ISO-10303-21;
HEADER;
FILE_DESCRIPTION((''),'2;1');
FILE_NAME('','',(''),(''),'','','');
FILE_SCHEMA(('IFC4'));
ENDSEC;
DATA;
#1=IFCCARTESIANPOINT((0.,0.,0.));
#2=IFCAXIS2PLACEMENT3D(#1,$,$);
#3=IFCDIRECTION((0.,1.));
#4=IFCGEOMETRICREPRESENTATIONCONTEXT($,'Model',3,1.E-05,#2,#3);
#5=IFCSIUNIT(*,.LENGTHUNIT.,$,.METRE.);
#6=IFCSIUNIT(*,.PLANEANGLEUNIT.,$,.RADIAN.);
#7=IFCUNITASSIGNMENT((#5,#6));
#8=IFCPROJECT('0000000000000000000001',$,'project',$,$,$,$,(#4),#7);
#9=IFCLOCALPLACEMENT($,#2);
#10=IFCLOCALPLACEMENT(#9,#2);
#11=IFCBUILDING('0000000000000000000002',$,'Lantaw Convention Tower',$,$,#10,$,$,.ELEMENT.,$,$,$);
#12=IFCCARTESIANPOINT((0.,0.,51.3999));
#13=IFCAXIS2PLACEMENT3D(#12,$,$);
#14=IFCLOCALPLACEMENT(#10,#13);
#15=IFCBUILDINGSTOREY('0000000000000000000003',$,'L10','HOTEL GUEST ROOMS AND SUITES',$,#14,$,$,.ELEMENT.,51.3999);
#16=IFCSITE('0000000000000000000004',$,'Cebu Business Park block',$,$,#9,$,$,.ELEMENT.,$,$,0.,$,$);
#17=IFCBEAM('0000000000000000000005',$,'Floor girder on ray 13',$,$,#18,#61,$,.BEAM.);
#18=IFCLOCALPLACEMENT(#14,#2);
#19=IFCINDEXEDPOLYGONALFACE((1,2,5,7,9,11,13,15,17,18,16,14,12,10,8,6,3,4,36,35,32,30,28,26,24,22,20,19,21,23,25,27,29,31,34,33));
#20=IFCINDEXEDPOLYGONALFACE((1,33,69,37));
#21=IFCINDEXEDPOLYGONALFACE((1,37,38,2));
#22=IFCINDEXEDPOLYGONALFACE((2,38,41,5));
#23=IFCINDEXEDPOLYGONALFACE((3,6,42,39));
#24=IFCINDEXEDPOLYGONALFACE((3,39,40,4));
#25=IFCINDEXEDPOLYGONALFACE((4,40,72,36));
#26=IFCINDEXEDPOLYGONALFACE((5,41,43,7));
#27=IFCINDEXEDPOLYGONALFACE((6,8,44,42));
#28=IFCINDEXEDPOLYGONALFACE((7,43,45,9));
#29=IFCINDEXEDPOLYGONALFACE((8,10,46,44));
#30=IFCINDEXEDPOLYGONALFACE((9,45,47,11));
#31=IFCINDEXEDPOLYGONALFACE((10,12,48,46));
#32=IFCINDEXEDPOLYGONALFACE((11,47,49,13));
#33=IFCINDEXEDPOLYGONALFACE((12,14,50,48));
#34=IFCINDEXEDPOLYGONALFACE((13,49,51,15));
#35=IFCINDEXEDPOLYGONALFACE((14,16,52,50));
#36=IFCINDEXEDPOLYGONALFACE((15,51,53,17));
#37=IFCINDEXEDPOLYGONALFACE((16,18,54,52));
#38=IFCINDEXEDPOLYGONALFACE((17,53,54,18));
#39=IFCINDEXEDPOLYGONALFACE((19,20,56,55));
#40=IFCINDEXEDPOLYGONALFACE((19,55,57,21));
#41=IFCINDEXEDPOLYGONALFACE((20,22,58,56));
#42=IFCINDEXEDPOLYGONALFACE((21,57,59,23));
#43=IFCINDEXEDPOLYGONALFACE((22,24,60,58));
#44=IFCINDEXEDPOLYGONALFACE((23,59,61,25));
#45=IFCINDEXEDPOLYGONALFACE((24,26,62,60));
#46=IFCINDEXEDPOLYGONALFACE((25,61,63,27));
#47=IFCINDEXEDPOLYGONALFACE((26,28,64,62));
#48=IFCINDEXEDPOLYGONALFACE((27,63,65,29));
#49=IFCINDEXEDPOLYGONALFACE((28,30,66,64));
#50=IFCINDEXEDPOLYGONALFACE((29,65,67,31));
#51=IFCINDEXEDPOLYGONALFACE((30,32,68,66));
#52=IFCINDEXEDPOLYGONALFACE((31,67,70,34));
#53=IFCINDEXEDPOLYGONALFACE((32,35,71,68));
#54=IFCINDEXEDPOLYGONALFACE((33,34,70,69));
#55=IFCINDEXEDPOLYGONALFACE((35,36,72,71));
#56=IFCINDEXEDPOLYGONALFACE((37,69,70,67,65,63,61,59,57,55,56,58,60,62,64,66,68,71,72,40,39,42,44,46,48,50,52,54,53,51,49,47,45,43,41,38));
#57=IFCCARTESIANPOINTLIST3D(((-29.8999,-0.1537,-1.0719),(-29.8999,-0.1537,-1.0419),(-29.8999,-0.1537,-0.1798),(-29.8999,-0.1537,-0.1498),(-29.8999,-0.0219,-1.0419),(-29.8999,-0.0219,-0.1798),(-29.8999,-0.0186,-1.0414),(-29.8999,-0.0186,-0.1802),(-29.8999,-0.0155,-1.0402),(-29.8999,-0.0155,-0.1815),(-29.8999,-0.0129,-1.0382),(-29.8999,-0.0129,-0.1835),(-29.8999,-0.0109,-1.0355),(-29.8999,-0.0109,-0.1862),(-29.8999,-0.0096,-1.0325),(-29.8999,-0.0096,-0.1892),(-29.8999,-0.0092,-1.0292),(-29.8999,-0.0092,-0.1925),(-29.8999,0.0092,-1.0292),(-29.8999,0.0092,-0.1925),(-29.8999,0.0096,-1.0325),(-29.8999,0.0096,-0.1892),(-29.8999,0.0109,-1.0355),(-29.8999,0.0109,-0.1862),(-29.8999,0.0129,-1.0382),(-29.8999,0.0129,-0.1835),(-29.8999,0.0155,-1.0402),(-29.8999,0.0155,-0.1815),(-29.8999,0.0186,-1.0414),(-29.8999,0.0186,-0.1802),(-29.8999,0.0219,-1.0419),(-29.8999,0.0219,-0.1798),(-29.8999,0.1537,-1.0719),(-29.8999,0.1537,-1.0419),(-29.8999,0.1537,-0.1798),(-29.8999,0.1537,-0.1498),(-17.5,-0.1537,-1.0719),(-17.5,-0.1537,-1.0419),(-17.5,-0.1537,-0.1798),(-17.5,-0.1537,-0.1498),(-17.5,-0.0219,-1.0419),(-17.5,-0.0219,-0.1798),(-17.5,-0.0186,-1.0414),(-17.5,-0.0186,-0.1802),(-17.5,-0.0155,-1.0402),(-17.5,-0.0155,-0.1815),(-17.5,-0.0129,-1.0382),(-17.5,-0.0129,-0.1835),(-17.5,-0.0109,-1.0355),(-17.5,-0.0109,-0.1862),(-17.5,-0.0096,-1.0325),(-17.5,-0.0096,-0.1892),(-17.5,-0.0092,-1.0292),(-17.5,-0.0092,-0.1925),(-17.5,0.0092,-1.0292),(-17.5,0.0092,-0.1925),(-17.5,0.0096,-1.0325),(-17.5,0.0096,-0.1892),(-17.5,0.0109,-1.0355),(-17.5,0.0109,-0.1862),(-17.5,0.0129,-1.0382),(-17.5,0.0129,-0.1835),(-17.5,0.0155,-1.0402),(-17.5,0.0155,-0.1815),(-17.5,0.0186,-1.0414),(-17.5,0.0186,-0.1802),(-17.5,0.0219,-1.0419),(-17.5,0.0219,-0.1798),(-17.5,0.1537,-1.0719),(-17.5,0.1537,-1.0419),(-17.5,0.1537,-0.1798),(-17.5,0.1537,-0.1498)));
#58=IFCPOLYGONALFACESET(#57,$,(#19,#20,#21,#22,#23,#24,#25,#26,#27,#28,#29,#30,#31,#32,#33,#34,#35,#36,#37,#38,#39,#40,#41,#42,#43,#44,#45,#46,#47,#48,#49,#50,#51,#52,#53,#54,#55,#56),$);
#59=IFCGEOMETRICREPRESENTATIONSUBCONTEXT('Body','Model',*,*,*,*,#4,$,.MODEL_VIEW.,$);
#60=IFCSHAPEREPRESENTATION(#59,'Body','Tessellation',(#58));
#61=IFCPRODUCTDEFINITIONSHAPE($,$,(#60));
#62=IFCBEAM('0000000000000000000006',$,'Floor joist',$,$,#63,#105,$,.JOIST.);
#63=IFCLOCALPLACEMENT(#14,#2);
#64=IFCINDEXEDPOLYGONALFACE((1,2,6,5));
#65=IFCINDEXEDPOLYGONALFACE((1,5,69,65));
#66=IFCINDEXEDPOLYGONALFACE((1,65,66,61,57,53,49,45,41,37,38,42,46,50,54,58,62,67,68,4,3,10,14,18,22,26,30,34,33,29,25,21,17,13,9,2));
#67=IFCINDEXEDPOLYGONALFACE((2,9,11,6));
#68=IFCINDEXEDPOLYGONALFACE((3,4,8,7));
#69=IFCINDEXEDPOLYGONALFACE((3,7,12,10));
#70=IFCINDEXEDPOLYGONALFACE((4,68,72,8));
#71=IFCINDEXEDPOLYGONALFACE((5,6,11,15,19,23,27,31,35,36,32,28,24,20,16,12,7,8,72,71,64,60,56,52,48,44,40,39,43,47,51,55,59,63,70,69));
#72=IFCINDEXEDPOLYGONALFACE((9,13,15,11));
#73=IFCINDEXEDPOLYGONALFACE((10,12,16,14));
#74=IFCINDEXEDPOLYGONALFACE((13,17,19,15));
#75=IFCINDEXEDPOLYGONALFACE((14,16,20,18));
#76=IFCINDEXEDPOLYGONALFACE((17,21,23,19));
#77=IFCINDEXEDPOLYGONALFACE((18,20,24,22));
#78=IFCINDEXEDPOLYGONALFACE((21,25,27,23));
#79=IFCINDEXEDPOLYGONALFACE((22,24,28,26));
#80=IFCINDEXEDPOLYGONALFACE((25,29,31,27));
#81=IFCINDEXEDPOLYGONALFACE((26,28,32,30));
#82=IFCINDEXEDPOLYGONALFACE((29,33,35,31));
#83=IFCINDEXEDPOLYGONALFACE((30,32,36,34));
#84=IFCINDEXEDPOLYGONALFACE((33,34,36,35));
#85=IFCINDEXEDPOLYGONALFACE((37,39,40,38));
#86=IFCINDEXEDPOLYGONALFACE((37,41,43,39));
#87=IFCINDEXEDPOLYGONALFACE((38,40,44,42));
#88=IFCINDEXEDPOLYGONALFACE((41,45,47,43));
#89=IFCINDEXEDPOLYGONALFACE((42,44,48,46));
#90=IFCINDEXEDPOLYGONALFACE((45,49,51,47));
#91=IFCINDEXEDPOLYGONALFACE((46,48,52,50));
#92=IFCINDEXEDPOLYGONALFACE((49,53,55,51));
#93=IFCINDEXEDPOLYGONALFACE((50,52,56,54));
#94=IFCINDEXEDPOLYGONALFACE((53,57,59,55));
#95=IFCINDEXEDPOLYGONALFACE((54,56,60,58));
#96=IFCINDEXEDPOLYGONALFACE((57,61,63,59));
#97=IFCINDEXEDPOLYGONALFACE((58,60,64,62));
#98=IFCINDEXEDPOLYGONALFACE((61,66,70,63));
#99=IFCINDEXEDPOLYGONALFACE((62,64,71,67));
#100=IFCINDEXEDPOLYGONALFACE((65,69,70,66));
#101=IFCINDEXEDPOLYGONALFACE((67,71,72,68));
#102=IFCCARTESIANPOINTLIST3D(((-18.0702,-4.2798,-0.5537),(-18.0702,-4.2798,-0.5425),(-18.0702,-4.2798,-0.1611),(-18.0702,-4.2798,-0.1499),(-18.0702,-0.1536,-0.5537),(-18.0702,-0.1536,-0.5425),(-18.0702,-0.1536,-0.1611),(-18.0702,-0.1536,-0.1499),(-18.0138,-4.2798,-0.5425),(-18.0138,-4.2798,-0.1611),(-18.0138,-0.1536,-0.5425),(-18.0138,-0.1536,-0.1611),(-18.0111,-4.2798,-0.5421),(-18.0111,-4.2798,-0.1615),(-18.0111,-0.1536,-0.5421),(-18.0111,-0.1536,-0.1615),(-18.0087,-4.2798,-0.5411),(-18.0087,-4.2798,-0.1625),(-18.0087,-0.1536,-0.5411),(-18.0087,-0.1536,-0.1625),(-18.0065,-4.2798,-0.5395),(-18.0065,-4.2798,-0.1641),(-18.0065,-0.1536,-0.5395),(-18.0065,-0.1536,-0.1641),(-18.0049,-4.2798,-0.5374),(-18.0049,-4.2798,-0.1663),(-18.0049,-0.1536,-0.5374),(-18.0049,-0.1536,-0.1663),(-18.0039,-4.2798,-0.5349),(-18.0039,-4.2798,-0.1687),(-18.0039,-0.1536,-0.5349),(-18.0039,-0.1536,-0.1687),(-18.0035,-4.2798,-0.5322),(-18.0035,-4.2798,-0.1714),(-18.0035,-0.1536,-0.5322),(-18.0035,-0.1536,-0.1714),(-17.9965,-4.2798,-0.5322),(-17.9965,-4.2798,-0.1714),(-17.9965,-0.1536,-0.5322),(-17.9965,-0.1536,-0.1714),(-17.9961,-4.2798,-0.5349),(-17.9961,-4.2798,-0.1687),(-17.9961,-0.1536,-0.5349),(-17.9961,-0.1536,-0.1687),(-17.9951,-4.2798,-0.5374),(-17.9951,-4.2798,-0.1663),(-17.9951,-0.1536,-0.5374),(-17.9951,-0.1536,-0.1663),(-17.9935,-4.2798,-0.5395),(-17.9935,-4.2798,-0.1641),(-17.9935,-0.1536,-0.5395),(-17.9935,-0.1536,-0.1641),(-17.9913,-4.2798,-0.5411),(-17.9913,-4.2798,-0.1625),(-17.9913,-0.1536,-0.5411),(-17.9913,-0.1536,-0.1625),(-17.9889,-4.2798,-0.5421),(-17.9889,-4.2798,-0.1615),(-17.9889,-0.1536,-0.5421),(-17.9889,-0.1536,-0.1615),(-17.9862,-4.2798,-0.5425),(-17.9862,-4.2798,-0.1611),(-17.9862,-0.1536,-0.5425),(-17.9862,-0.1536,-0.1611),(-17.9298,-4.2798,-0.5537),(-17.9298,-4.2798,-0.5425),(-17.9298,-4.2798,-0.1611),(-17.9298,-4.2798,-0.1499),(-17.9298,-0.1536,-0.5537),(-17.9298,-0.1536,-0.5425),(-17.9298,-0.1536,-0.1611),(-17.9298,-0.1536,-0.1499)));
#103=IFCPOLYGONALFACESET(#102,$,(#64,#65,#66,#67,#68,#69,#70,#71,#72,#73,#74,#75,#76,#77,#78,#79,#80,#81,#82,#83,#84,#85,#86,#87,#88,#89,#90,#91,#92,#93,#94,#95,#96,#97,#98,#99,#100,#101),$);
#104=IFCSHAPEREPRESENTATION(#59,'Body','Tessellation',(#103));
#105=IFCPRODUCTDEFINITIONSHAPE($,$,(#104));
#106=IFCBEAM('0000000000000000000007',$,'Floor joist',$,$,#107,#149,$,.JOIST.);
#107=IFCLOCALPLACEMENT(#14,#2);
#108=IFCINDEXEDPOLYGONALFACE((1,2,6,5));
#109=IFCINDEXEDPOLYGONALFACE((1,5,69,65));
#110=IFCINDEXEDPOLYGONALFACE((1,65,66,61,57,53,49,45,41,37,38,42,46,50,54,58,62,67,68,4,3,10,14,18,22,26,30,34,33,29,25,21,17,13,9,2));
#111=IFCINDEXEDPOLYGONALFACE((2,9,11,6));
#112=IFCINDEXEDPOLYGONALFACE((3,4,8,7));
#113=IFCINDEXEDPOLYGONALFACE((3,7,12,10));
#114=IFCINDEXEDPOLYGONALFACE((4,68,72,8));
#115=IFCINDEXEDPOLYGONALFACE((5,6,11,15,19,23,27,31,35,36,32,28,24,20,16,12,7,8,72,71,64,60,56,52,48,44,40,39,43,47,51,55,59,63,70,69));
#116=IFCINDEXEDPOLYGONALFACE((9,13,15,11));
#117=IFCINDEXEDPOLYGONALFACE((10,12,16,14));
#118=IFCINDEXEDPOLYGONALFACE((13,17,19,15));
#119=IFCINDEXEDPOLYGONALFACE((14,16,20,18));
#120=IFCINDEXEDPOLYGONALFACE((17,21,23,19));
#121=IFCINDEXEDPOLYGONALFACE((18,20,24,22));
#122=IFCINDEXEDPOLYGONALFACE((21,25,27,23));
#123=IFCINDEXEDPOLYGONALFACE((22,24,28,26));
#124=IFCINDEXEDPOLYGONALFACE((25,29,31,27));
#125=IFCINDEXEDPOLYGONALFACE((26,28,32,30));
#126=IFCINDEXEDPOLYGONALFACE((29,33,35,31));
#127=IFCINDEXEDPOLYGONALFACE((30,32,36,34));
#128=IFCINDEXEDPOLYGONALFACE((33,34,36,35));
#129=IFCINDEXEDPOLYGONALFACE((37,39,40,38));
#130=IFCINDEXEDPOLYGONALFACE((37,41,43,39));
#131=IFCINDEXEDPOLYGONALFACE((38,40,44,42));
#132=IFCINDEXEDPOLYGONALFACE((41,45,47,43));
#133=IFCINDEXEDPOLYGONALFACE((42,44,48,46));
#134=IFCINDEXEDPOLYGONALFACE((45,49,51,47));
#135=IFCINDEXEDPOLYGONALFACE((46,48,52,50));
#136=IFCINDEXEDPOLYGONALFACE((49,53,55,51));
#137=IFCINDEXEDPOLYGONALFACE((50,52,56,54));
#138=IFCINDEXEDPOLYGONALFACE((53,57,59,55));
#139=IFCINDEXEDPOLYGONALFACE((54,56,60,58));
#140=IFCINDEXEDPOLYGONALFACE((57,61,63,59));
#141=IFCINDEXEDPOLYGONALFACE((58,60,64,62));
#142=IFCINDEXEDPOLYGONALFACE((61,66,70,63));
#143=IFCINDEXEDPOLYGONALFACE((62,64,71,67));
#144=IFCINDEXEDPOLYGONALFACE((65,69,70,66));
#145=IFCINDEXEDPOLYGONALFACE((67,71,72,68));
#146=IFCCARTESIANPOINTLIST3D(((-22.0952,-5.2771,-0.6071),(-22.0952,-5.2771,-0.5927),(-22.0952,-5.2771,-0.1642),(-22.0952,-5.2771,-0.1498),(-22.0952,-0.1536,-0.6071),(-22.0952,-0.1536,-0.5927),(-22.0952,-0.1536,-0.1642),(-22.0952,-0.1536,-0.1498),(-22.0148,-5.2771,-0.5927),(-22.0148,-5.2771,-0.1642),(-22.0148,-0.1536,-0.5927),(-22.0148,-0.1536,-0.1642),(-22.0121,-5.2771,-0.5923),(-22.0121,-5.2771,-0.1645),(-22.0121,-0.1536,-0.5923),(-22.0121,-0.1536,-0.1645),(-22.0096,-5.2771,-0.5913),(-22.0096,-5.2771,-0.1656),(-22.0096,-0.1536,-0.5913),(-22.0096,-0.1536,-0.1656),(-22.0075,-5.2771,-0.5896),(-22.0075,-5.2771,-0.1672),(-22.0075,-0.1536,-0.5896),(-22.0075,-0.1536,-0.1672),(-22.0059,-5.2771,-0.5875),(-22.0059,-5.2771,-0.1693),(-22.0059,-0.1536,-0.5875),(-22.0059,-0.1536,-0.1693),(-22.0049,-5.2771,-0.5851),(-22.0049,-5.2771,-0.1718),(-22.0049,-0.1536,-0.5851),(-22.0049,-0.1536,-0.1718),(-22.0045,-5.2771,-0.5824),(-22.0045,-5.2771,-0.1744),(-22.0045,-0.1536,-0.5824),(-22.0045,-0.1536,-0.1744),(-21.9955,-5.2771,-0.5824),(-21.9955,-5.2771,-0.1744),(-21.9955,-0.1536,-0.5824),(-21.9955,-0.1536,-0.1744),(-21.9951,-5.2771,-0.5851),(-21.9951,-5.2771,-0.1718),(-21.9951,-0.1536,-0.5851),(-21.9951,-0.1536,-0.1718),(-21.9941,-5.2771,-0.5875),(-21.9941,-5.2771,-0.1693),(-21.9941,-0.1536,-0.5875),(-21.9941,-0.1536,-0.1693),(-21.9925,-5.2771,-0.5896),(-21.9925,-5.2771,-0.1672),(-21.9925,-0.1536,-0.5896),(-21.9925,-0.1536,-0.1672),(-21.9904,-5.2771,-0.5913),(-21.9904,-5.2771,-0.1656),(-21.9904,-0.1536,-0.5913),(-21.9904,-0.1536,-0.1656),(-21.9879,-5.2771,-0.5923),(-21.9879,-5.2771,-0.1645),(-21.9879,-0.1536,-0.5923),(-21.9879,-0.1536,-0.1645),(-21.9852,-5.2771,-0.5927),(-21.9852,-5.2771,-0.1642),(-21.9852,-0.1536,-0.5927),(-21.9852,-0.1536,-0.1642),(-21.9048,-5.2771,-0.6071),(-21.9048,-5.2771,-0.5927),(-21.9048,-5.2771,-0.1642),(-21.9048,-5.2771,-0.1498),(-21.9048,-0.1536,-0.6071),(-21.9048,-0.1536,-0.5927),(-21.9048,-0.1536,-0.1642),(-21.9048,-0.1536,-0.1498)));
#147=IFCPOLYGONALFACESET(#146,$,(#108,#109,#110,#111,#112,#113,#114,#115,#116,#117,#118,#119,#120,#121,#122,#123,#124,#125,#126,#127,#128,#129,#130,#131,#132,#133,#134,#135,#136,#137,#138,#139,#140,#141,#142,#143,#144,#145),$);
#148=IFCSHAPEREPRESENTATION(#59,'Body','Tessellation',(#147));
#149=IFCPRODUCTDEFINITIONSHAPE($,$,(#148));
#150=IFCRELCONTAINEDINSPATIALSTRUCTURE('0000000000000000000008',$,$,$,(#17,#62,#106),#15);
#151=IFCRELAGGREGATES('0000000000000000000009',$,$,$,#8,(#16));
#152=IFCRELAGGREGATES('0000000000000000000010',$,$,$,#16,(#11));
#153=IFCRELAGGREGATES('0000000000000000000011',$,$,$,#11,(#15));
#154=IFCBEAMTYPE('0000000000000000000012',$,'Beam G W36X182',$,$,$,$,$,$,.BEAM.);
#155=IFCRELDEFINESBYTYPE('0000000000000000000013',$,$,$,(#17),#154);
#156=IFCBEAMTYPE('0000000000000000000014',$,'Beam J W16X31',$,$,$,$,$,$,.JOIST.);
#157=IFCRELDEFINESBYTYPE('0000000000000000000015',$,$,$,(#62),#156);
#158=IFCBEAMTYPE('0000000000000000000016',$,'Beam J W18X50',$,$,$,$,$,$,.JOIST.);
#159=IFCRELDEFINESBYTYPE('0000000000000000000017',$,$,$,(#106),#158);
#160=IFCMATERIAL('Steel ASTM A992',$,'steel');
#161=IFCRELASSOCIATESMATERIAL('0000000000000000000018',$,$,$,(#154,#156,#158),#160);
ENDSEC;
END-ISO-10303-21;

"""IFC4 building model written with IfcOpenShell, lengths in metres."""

from ifc_helpers import new_model, si_unit, direction, frame, origin, origin_2d, place, context, subcontext, project, spatial, i_section, extrude, material, material_profile, profile_set, type_object, element, save


model = new_model("IFC4")

# Units and contexts
model_context = context("Model", 3, precision=1e-05, world=origin(), true_north=direction((0.0, 1.0)))
body_context = subcontext(model_context, "Body", "Model", "MODEL_VIEW")
ifc_project = project(units=[si_unit("LENGTHUNIT", "METRE"), si_unit("PLANEANGLEUNIT", "RADIAN")], contexts=[model_context])

# Site, building, storey
site_placement = place(None, origin())
site = spatial("IfcSite", under=ifc_project, at=site_placement, Name="Cebu Business Park block", CompositionType="ELEMENT", RefElevation=0.0)
building_placement = place(site_placement, origin())
building = spatial("IfcBuilding", under=site, at=building_placement, Name="Lantaw Convention Tower", CompositionType="ELEMENT")
storey_placement = place(building_placement, frame((0.0, 0.0, 51.3999)))
storey = spatial("IfcBuildingStorey", under=building, at=storey_placement, Name="L10", Description="HOTEL GUEST ROOMS AND SUITES", CompositionType="ELEMENT", Elevation=51.3999)

# Beams
ifc_material_1 = material(Name="Steel ASTM A992", Category="steel")
ifc_material_profile_1 = material_profile(ifc_material_1, i_section(OverallWidth=0.3074, OverallDepth=0.9221, WebThickness=0.0183, FlangeThickness=0.03, FilletRadius=0.0127, at=origin_2d()), Name="W36X182")
ifc_profile_set_1 = profile_set([ifc_material_profile_1], Name="Steel ASTM A992")
beam_type_1 = type_object("IfcBeamType", Name="Beam G W36X182", PredefinedType="BEAM", material=ifc_profile_set_1)
beam_1_placement = place(storey_placement, frame((-17.5, 0.0, -0.6108), z_axis=(-1.0, 0.0, 0.0), x_axis=(0.0, -1.0, 0.0)))
element("IfcBeam", 1, at=beam_1_placement, inside=storey, type_object=beam_type_1, Name="Floor girder on ray 13", PredefinedType="BEAM", context=body_context, shape_type="SweptSolid", body=[
    extrude(i_section(OverallWidth=0.3074, OverallDepth=0.9221, WebThickness=0.0183, FlangeThickness=0.03, FilletRadius=0.0127, at=origin_2d()), origin(), (0.0, 0.0, 1.0), 12.3999),
])
ifc_material_profile_2 = material_profile(ifc_material_1, i_section(OverallWidth=0.1404, OverallDepth=0.4038, WebThickness=0.0071, FlangeThickness=0.0112, FilletRadius=0.0103, at=origin_2d()), Name="W16X31")
ifc_profile_set_2 = profile_set([ifc_material_profile_2], Name="Steel ASTM A992")
beam_type_2 = type_object("IfcBeamType", Name="Beam J W16X31", PredefinedType="JOIST", material=ifc_profile_set_2)
beam_2_placement = place(storey_placement, frame((-18.0, -4.2798, -0.3518), z_axis=(0.0, 1.0, 0.0), x_axis=(-1.0, 0.0, 0.0)))
element("IfcBeam", 2, at=beam_2_placement, inside=storey, type_object=beam_type_2, Name="Floor joist", PredefinedType="JOIST", context=body_context, shape_type="SweptSolid", body=[
    extrude(i_section(OverallWidth=0.1404, OverallDepth=0.4038, WebThickness=0.0071, FlangeThickness=0.0112, FilletRadius=0.0103, at=origin_2d()), origin(), (0.0, 0.0, 1.0), 4.1262),
])
ifc_material_profile_3 = material_profile(ifc_material_1, i_section(OverallWidth=0.1904, OverallDepth=0.4573, WebThickness=0.009, FlangeThickness=0.0144, FilletRadius=0.0103, at=origin_2d()), Name="W18X50")
ifc_profile_set_3 = profile_set([ifc_material_profile_3], Name="Steel ASTM A992")
beam_type_3 = type_object("IfcBeamType", Name="Beam J W18X50", PredefinedType="JOIST", material=ifc_profile_set_3)
beam_3_placement = place(storey_placement, frame((-22.0, -5.2771, -0.3784), z_axis=(0.0, 1.0, 0.0), x_axis=(-1.0, 0.0, 0.0)))
element("IfcBeam", 3, at=beam_3_placement, inside=storey, type_object=beam_type_3, Name="Floor joist", PredefinedType="JOIST", context=body_context, shape_type="SweptSolid", body=[
    extrude(i_section(OverallWidth=0.1904, OverallDepth=0.4573, WebThickness=0.009, FlangeThickness=0.0144, FilletRadius=0.0103, at=origin_2d()), origin(), (0.0, 0.0, 1.0), 5.1235),
])

save(model, "model.ifc")
